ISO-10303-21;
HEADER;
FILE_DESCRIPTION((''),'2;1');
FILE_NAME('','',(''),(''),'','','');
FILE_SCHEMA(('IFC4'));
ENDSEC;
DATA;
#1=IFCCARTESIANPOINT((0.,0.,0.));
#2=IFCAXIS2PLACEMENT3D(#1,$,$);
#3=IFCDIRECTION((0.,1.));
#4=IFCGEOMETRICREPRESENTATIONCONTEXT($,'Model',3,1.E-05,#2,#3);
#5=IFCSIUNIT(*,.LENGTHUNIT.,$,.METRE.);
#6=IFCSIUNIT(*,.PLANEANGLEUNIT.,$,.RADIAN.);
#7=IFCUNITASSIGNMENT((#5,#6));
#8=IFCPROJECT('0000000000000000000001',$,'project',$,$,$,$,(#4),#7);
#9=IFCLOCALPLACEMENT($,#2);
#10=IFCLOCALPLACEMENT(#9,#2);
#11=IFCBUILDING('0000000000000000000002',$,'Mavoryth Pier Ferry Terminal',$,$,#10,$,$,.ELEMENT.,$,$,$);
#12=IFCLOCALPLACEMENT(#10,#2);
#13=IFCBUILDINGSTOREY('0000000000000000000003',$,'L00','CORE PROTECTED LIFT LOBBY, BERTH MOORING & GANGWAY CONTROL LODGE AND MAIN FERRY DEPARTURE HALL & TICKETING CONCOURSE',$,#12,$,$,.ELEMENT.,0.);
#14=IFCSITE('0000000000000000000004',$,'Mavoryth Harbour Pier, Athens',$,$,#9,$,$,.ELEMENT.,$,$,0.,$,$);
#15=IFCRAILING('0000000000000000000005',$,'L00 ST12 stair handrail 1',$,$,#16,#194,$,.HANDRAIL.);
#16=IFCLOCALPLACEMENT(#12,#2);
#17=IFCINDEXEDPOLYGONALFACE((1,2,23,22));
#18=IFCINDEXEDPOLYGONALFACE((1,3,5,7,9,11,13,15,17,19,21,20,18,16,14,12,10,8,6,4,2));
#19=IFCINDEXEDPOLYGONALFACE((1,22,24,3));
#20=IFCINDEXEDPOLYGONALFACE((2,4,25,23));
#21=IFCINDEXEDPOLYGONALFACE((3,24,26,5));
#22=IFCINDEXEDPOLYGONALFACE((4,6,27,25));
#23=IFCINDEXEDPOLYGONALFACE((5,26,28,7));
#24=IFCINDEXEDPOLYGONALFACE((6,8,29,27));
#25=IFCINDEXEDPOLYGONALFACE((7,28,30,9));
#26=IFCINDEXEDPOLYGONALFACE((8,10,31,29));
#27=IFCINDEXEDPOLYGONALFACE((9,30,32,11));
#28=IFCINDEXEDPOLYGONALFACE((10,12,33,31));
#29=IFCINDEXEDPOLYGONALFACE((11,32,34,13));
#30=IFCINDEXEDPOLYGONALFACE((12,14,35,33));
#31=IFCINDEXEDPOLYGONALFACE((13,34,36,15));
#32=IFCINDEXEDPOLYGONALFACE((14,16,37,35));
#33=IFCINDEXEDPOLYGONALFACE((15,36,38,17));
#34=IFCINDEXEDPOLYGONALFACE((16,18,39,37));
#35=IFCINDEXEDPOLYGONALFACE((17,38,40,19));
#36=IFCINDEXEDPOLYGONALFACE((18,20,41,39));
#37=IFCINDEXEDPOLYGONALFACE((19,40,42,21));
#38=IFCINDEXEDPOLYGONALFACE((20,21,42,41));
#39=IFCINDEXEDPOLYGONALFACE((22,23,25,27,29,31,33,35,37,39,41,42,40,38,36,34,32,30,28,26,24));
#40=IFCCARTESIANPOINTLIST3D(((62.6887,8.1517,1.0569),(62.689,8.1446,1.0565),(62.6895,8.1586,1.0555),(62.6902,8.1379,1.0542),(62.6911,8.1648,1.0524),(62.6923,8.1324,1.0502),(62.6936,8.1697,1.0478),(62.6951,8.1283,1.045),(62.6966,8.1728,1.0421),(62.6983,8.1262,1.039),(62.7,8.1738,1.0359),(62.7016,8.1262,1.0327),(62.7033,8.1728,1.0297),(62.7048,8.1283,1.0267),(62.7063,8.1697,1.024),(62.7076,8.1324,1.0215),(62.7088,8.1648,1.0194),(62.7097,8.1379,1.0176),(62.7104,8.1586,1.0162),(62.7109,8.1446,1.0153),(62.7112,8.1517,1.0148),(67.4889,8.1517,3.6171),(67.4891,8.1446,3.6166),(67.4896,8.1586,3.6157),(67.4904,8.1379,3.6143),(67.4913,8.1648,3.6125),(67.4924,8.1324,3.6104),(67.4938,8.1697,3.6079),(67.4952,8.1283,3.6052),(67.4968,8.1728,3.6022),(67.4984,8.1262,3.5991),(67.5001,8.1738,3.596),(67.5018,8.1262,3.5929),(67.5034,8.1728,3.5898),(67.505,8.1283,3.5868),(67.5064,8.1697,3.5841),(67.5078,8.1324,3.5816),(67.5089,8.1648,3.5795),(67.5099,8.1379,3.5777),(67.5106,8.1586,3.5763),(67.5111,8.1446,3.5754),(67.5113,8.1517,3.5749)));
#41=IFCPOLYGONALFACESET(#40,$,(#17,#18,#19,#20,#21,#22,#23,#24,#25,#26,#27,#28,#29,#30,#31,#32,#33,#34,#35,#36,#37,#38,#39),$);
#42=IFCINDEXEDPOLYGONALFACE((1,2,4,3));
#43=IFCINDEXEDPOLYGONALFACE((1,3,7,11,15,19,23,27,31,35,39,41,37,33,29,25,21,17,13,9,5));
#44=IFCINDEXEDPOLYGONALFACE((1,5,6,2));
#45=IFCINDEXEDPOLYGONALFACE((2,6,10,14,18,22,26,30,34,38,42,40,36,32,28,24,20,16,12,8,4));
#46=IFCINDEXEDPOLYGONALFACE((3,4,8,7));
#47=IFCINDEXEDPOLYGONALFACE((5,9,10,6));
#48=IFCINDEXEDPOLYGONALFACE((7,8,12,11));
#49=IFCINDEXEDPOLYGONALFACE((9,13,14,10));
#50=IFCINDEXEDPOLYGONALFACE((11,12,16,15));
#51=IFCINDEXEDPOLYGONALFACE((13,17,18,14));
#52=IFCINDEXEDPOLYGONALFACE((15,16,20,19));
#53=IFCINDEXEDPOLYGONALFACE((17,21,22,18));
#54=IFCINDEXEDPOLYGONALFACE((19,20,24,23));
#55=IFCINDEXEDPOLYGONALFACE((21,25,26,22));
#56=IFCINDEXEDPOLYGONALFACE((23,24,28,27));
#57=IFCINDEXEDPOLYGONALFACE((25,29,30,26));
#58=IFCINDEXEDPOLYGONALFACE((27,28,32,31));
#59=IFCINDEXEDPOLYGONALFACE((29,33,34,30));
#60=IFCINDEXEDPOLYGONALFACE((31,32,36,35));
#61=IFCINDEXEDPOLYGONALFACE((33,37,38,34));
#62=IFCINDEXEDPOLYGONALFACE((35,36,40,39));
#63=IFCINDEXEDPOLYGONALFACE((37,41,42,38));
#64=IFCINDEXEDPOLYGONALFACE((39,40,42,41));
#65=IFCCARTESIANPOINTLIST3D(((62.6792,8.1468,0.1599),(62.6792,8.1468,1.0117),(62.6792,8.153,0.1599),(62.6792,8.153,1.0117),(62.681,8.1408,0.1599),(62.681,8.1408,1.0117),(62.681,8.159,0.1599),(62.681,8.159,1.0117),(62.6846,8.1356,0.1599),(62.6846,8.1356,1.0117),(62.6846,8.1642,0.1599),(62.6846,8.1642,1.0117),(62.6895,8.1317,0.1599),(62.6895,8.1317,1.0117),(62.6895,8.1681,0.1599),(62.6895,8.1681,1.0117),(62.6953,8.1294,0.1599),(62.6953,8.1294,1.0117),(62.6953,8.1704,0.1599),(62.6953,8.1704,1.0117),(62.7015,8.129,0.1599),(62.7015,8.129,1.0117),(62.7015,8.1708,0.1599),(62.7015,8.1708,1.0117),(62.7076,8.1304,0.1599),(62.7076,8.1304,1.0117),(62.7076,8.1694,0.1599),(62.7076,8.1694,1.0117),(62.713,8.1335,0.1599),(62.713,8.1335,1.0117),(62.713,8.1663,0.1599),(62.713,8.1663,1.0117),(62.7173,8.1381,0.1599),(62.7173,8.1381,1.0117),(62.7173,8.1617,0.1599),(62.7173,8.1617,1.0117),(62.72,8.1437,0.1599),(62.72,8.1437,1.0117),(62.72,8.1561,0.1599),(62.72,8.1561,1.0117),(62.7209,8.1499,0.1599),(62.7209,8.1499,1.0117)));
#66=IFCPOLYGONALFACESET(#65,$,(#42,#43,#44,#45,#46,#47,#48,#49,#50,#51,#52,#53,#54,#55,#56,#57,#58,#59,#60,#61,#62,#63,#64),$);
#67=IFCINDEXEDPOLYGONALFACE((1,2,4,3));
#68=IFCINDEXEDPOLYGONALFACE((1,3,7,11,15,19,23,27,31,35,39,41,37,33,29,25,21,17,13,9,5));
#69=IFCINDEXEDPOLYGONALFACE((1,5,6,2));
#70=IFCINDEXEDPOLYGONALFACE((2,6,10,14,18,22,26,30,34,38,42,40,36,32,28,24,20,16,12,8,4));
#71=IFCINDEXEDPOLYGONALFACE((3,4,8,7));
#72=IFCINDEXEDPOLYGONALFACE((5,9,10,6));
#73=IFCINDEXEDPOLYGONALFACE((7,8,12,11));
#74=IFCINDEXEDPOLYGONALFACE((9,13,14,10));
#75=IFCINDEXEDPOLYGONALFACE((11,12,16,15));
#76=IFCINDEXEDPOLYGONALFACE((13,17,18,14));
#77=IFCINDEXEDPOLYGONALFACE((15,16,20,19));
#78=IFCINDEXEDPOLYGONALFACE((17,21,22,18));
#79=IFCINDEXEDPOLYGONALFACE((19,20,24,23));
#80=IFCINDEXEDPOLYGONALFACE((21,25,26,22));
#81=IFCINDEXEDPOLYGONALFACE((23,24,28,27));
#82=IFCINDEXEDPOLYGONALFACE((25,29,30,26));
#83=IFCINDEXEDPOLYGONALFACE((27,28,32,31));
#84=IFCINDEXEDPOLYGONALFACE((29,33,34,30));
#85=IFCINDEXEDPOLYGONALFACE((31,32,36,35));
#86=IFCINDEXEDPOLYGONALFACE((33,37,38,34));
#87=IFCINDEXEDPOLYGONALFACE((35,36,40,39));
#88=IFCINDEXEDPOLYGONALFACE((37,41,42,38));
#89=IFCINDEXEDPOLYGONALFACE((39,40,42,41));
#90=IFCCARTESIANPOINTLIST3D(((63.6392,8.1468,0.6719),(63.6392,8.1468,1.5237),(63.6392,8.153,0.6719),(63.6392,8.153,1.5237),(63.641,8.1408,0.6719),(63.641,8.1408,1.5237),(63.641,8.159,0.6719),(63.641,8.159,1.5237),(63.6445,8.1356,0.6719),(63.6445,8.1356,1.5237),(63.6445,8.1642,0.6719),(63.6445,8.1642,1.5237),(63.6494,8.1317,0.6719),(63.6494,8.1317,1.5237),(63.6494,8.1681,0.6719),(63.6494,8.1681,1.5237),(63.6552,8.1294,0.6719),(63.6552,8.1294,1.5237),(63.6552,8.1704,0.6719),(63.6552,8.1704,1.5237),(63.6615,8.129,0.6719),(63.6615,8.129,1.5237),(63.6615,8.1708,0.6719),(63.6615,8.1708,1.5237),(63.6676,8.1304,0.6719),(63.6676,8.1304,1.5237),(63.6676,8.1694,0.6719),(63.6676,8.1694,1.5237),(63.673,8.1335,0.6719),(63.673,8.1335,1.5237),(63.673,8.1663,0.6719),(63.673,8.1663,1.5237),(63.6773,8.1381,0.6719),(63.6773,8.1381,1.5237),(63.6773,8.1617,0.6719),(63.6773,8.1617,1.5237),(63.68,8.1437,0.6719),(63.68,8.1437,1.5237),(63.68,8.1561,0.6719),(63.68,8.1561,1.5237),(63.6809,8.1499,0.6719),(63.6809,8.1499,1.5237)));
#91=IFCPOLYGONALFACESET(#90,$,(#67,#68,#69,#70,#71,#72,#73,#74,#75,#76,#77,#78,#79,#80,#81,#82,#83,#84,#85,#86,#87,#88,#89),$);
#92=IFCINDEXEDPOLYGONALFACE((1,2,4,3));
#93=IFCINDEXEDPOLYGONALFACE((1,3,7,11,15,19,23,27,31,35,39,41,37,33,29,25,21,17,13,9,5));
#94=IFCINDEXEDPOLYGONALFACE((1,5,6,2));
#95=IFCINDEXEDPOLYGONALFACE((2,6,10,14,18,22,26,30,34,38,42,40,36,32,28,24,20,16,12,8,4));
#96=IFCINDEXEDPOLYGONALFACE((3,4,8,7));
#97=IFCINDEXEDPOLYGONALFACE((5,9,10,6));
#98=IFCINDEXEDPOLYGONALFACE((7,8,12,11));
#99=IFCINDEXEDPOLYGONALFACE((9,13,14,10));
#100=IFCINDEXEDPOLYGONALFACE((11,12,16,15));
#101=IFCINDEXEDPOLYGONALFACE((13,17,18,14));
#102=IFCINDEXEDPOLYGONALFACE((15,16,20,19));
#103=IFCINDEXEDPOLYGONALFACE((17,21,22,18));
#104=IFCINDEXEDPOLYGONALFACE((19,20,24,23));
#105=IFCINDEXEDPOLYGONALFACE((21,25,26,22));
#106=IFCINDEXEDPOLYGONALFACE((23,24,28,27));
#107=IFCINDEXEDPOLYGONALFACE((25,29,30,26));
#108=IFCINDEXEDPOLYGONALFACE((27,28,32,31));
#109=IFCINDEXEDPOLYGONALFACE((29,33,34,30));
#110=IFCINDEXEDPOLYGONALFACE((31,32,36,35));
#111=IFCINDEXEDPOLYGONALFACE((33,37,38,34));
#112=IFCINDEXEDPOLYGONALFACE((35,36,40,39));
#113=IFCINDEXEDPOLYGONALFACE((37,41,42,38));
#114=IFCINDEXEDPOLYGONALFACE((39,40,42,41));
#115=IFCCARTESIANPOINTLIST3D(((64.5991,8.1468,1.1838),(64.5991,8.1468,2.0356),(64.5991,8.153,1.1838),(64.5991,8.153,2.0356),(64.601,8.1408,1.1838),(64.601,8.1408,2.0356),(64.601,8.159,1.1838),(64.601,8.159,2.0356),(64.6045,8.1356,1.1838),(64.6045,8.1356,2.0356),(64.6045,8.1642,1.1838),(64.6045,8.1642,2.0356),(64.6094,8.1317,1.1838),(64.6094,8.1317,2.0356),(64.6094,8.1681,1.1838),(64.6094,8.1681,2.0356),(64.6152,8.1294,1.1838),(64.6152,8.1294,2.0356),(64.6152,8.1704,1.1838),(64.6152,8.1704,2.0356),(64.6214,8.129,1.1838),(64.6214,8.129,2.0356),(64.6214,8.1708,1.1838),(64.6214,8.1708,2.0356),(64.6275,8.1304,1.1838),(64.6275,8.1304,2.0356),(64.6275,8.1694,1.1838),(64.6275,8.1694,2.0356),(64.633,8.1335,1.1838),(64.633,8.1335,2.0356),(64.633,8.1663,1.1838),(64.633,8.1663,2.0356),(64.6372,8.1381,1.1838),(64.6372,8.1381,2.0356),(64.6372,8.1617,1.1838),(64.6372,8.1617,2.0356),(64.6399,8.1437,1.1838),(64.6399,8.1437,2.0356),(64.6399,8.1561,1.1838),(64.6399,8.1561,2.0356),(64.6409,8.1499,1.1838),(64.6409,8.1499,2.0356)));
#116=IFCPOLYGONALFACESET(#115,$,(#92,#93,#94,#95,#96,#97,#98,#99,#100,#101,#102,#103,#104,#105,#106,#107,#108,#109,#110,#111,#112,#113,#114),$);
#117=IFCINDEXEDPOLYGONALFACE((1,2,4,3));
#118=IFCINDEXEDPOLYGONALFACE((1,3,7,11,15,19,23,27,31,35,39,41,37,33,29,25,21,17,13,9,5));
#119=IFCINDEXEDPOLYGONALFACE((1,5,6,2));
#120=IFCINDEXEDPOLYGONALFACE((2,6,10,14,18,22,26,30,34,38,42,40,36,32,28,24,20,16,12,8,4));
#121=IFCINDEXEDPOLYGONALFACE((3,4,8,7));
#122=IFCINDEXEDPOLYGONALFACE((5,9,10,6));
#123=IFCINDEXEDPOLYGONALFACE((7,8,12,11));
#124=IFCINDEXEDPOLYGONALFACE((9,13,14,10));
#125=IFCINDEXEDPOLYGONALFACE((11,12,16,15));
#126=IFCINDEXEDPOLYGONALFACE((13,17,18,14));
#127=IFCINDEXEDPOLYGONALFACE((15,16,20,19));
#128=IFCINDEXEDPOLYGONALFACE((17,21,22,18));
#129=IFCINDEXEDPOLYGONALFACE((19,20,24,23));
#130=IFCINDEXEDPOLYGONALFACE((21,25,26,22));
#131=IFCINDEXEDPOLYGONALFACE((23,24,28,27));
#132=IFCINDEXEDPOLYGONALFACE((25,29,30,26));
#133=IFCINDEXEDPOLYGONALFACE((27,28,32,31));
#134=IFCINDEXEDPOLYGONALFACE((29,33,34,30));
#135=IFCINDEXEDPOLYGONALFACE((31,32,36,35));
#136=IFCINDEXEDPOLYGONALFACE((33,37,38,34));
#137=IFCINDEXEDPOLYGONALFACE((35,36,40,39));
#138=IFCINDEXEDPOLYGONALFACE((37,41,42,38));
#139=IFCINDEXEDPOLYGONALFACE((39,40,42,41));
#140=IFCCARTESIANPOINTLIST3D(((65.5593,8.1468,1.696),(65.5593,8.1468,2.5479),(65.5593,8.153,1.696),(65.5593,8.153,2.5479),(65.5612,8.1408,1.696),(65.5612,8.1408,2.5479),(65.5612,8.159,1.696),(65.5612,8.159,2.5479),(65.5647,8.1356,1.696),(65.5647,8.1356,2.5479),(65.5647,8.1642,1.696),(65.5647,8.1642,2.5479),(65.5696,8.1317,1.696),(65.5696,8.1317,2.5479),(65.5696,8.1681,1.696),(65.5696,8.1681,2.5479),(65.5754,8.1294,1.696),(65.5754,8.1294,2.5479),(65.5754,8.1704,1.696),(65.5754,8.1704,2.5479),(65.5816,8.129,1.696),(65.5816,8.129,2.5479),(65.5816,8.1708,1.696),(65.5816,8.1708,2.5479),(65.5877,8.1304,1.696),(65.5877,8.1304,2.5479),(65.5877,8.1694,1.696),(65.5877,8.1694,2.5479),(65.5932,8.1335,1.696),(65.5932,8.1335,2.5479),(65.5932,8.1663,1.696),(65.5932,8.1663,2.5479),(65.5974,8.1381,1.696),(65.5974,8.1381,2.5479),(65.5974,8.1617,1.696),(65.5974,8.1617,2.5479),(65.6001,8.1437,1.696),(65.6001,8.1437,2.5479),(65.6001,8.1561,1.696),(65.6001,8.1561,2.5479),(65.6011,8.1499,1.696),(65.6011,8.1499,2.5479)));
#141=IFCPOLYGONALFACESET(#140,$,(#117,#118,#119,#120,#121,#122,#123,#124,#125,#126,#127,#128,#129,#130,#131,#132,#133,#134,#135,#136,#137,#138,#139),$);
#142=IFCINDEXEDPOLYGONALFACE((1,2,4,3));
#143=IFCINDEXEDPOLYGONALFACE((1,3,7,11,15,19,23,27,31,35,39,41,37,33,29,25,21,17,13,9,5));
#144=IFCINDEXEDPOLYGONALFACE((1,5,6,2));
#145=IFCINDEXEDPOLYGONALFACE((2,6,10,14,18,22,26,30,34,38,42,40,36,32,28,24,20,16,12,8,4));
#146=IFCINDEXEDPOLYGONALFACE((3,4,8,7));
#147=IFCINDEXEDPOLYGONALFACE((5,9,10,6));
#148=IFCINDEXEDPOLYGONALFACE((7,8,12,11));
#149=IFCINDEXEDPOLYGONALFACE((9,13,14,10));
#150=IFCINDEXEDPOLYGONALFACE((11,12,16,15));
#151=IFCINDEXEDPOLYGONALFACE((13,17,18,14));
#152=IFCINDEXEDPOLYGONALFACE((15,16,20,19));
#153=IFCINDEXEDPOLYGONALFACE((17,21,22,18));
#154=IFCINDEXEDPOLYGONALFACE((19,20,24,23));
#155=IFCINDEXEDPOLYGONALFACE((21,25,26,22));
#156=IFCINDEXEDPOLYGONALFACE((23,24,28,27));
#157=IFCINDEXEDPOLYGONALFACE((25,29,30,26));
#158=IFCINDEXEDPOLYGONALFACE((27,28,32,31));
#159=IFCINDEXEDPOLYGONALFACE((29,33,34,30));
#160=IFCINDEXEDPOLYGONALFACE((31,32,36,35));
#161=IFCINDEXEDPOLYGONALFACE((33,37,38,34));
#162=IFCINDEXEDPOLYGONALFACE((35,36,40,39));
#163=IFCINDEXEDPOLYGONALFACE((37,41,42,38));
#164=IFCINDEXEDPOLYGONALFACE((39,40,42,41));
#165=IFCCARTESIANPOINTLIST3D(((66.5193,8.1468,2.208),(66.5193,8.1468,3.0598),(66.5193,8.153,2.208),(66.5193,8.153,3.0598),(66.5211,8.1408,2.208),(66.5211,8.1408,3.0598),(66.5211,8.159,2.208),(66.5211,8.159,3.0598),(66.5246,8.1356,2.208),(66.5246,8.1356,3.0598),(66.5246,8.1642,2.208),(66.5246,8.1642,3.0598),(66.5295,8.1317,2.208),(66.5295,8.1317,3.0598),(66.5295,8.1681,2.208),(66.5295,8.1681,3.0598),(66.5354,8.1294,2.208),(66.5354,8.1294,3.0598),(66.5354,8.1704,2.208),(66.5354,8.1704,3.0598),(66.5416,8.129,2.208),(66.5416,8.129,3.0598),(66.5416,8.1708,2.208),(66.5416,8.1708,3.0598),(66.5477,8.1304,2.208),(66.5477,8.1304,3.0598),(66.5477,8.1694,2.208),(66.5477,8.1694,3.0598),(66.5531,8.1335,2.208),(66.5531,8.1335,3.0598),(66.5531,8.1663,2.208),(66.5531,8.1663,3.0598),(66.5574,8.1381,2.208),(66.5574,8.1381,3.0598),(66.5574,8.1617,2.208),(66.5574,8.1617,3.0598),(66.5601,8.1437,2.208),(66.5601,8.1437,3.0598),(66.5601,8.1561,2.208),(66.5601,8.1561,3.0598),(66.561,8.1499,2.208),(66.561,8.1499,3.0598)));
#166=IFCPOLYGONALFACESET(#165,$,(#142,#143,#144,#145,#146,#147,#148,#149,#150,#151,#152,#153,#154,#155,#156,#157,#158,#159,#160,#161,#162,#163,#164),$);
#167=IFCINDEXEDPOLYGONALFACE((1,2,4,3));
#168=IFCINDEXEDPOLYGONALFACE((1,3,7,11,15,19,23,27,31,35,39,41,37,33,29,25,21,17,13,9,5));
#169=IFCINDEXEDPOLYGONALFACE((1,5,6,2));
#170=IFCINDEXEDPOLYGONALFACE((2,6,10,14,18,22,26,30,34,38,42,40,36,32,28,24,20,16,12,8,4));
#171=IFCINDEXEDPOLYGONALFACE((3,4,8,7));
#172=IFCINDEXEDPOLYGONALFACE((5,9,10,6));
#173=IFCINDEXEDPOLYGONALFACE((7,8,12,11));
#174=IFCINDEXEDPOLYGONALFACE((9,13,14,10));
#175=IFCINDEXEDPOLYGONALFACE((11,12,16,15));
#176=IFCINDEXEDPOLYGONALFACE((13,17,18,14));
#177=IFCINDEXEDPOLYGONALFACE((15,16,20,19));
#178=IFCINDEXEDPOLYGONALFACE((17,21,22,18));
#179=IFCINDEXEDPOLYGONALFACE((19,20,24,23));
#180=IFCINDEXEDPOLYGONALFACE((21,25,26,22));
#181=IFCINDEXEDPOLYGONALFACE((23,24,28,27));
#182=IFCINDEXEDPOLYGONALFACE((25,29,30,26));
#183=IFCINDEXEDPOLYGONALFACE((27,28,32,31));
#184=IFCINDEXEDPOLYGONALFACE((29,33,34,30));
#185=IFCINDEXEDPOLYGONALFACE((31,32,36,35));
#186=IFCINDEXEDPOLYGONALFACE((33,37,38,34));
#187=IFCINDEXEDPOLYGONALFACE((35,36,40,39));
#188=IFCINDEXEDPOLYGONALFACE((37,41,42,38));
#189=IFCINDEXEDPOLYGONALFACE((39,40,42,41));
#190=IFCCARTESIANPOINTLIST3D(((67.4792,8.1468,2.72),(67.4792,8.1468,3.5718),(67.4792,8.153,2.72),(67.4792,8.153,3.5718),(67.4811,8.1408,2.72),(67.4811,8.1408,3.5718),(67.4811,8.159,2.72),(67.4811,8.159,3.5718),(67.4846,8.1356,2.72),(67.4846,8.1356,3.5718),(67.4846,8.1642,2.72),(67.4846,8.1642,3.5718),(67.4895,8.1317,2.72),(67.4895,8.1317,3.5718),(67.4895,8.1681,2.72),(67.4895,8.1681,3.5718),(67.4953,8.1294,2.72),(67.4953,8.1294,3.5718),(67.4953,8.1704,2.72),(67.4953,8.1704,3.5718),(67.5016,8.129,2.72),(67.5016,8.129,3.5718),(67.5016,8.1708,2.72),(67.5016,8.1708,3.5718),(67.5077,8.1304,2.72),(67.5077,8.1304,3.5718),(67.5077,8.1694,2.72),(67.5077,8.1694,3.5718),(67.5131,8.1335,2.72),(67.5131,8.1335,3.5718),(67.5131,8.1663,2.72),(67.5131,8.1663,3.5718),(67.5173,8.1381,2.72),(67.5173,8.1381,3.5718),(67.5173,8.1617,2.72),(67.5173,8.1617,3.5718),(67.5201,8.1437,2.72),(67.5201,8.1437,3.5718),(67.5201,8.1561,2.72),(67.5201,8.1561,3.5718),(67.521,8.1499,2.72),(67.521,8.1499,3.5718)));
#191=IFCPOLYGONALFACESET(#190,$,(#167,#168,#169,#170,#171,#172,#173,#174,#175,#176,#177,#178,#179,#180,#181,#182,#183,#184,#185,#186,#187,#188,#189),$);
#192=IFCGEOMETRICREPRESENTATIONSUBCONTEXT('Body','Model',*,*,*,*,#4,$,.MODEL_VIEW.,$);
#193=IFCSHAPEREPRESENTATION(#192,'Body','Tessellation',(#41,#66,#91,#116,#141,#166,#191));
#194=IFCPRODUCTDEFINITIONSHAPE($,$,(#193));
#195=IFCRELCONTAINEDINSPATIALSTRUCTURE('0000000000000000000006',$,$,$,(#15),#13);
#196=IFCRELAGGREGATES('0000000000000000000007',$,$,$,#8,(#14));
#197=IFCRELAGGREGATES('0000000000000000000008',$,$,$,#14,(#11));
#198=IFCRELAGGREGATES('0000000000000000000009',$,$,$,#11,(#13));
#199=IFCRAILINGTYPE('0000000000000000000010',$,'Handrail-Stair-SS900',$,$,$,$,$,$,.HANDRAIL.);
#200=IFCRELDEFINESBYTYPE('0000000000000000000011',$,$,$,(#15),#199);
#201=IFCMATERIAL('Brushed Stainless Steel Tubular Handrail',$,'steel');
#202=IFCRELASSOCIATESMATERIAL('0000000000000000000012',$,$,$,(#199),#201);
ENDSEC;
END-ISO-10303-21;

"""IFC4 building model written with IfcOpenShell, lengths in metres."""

from ifc_helpers import new_model, si_unit, direction, frame, origin, origin_2d, place, context, subcontext, project, spatial, circle, extrude, material, type_object, element, save


model = new_model("IFC4")

# Units and contexts
model_context = context("Model", 3, precision=1e-05, world=origin(), true_north=direction((0.0, 1.0)))
body_context = subcontext(model_context, "Body", "Model", "MODEL_VIEW")
ifc_project = project(units=[si_unit("LENGTHUNIT", "METRE"), si_unit("PLANEANGLEUNIT", "RADIAN")], contexts=[model_context])

# Site, building, storey
site_placement = place(None, origin())
site = spatial("IfcSite", under=ifc_project, at=site_placement, Name="Mavoryth Harbour Pier, Athens", CompositionType="ELEMENT", RefElevation=0.0)
building_placement = place(site_placement, origin())
building = spatial("IfcBuilding", under=site, at=building_placement, Name="Mavoryth Pier Ferry Terminal", CompositionType="ELEMENT")
storey_placement = place(building_placement, origin())
storey = spatial("IfcBuildingStorey", under=building, at=storey_placement, Name="L00", Description="CORE PROTECTED LIFT LOBBY, BERTH MOORING & GANGWAY CONTROL LODGE AND MAIN FERRY DEPARTURE HALL & TICKETING CONCOURSE", CompositionType="ELEMENT", Elevation=0.0)

# Railing
ifc_material_1 = material(Name="Brushed Stainless Steel Tubular Handrail", Category="steel")
railing_type = type_object("IfcRailingType", Name="Handrail-Stair-SS900", PredefinedType="HANDRAIL", material=ifc_material_1)
railing_placement = place(storey_placement, frame((62.7, 8.1499, 0.1599)))
element("IfcRailing", 1, at=railing_placement, inside=storey, type_object=railing_type, Name="L00 ST12 stair handrail 1", PredefinedType="HANDRAIL", context=body_context, shape_type="SweptSolid", body=[
    extrude(circle(Radius=0.0239, at=origin_2d()), frame((0.0, 0.0, 0.876), z_axis=(0.88235, 0.0, 0.470593), x_axis=(0.0, 1.0, 0.0)), (0.0, 0.0, 1.0), 5.4402),
    extrude(circle(Radius=0.021, at=origin_2d()), origin(), (0.0, 0.0, 1.0), 0.8518),
    extrude(circle(Radius=0.021, at=origin_2d()), frame((0.96, 0.0, 0.512)), (0.0, 0.0, 1.0), 0.8518),
    extrude(circle(Radius=0.021, at=origin_2d()), frame((1.9199, 0.0, 1.0239)), (0.0, 0.0, 1.0), 0.8518),
    extrude(circle(Radius=0.021, at=origin_2d()), frame((2.8801, 0.0, 1.5361)), (0.0, 0.0, 1.0), 0.8518),
    extrude(circle(Radius=0.021, at=origin_2d()), frame((3.8401, 0.0, 2.0481)), (0.0, 0.0, 1.0), 0.8518),
    extrude(circle(Radius=0.021, at=origin_2d()), frame((4.8, 0.0, 2.5601)), (0.0, 0.0, 1.0), 0.8518),
])

save(model, "model.ifc")
